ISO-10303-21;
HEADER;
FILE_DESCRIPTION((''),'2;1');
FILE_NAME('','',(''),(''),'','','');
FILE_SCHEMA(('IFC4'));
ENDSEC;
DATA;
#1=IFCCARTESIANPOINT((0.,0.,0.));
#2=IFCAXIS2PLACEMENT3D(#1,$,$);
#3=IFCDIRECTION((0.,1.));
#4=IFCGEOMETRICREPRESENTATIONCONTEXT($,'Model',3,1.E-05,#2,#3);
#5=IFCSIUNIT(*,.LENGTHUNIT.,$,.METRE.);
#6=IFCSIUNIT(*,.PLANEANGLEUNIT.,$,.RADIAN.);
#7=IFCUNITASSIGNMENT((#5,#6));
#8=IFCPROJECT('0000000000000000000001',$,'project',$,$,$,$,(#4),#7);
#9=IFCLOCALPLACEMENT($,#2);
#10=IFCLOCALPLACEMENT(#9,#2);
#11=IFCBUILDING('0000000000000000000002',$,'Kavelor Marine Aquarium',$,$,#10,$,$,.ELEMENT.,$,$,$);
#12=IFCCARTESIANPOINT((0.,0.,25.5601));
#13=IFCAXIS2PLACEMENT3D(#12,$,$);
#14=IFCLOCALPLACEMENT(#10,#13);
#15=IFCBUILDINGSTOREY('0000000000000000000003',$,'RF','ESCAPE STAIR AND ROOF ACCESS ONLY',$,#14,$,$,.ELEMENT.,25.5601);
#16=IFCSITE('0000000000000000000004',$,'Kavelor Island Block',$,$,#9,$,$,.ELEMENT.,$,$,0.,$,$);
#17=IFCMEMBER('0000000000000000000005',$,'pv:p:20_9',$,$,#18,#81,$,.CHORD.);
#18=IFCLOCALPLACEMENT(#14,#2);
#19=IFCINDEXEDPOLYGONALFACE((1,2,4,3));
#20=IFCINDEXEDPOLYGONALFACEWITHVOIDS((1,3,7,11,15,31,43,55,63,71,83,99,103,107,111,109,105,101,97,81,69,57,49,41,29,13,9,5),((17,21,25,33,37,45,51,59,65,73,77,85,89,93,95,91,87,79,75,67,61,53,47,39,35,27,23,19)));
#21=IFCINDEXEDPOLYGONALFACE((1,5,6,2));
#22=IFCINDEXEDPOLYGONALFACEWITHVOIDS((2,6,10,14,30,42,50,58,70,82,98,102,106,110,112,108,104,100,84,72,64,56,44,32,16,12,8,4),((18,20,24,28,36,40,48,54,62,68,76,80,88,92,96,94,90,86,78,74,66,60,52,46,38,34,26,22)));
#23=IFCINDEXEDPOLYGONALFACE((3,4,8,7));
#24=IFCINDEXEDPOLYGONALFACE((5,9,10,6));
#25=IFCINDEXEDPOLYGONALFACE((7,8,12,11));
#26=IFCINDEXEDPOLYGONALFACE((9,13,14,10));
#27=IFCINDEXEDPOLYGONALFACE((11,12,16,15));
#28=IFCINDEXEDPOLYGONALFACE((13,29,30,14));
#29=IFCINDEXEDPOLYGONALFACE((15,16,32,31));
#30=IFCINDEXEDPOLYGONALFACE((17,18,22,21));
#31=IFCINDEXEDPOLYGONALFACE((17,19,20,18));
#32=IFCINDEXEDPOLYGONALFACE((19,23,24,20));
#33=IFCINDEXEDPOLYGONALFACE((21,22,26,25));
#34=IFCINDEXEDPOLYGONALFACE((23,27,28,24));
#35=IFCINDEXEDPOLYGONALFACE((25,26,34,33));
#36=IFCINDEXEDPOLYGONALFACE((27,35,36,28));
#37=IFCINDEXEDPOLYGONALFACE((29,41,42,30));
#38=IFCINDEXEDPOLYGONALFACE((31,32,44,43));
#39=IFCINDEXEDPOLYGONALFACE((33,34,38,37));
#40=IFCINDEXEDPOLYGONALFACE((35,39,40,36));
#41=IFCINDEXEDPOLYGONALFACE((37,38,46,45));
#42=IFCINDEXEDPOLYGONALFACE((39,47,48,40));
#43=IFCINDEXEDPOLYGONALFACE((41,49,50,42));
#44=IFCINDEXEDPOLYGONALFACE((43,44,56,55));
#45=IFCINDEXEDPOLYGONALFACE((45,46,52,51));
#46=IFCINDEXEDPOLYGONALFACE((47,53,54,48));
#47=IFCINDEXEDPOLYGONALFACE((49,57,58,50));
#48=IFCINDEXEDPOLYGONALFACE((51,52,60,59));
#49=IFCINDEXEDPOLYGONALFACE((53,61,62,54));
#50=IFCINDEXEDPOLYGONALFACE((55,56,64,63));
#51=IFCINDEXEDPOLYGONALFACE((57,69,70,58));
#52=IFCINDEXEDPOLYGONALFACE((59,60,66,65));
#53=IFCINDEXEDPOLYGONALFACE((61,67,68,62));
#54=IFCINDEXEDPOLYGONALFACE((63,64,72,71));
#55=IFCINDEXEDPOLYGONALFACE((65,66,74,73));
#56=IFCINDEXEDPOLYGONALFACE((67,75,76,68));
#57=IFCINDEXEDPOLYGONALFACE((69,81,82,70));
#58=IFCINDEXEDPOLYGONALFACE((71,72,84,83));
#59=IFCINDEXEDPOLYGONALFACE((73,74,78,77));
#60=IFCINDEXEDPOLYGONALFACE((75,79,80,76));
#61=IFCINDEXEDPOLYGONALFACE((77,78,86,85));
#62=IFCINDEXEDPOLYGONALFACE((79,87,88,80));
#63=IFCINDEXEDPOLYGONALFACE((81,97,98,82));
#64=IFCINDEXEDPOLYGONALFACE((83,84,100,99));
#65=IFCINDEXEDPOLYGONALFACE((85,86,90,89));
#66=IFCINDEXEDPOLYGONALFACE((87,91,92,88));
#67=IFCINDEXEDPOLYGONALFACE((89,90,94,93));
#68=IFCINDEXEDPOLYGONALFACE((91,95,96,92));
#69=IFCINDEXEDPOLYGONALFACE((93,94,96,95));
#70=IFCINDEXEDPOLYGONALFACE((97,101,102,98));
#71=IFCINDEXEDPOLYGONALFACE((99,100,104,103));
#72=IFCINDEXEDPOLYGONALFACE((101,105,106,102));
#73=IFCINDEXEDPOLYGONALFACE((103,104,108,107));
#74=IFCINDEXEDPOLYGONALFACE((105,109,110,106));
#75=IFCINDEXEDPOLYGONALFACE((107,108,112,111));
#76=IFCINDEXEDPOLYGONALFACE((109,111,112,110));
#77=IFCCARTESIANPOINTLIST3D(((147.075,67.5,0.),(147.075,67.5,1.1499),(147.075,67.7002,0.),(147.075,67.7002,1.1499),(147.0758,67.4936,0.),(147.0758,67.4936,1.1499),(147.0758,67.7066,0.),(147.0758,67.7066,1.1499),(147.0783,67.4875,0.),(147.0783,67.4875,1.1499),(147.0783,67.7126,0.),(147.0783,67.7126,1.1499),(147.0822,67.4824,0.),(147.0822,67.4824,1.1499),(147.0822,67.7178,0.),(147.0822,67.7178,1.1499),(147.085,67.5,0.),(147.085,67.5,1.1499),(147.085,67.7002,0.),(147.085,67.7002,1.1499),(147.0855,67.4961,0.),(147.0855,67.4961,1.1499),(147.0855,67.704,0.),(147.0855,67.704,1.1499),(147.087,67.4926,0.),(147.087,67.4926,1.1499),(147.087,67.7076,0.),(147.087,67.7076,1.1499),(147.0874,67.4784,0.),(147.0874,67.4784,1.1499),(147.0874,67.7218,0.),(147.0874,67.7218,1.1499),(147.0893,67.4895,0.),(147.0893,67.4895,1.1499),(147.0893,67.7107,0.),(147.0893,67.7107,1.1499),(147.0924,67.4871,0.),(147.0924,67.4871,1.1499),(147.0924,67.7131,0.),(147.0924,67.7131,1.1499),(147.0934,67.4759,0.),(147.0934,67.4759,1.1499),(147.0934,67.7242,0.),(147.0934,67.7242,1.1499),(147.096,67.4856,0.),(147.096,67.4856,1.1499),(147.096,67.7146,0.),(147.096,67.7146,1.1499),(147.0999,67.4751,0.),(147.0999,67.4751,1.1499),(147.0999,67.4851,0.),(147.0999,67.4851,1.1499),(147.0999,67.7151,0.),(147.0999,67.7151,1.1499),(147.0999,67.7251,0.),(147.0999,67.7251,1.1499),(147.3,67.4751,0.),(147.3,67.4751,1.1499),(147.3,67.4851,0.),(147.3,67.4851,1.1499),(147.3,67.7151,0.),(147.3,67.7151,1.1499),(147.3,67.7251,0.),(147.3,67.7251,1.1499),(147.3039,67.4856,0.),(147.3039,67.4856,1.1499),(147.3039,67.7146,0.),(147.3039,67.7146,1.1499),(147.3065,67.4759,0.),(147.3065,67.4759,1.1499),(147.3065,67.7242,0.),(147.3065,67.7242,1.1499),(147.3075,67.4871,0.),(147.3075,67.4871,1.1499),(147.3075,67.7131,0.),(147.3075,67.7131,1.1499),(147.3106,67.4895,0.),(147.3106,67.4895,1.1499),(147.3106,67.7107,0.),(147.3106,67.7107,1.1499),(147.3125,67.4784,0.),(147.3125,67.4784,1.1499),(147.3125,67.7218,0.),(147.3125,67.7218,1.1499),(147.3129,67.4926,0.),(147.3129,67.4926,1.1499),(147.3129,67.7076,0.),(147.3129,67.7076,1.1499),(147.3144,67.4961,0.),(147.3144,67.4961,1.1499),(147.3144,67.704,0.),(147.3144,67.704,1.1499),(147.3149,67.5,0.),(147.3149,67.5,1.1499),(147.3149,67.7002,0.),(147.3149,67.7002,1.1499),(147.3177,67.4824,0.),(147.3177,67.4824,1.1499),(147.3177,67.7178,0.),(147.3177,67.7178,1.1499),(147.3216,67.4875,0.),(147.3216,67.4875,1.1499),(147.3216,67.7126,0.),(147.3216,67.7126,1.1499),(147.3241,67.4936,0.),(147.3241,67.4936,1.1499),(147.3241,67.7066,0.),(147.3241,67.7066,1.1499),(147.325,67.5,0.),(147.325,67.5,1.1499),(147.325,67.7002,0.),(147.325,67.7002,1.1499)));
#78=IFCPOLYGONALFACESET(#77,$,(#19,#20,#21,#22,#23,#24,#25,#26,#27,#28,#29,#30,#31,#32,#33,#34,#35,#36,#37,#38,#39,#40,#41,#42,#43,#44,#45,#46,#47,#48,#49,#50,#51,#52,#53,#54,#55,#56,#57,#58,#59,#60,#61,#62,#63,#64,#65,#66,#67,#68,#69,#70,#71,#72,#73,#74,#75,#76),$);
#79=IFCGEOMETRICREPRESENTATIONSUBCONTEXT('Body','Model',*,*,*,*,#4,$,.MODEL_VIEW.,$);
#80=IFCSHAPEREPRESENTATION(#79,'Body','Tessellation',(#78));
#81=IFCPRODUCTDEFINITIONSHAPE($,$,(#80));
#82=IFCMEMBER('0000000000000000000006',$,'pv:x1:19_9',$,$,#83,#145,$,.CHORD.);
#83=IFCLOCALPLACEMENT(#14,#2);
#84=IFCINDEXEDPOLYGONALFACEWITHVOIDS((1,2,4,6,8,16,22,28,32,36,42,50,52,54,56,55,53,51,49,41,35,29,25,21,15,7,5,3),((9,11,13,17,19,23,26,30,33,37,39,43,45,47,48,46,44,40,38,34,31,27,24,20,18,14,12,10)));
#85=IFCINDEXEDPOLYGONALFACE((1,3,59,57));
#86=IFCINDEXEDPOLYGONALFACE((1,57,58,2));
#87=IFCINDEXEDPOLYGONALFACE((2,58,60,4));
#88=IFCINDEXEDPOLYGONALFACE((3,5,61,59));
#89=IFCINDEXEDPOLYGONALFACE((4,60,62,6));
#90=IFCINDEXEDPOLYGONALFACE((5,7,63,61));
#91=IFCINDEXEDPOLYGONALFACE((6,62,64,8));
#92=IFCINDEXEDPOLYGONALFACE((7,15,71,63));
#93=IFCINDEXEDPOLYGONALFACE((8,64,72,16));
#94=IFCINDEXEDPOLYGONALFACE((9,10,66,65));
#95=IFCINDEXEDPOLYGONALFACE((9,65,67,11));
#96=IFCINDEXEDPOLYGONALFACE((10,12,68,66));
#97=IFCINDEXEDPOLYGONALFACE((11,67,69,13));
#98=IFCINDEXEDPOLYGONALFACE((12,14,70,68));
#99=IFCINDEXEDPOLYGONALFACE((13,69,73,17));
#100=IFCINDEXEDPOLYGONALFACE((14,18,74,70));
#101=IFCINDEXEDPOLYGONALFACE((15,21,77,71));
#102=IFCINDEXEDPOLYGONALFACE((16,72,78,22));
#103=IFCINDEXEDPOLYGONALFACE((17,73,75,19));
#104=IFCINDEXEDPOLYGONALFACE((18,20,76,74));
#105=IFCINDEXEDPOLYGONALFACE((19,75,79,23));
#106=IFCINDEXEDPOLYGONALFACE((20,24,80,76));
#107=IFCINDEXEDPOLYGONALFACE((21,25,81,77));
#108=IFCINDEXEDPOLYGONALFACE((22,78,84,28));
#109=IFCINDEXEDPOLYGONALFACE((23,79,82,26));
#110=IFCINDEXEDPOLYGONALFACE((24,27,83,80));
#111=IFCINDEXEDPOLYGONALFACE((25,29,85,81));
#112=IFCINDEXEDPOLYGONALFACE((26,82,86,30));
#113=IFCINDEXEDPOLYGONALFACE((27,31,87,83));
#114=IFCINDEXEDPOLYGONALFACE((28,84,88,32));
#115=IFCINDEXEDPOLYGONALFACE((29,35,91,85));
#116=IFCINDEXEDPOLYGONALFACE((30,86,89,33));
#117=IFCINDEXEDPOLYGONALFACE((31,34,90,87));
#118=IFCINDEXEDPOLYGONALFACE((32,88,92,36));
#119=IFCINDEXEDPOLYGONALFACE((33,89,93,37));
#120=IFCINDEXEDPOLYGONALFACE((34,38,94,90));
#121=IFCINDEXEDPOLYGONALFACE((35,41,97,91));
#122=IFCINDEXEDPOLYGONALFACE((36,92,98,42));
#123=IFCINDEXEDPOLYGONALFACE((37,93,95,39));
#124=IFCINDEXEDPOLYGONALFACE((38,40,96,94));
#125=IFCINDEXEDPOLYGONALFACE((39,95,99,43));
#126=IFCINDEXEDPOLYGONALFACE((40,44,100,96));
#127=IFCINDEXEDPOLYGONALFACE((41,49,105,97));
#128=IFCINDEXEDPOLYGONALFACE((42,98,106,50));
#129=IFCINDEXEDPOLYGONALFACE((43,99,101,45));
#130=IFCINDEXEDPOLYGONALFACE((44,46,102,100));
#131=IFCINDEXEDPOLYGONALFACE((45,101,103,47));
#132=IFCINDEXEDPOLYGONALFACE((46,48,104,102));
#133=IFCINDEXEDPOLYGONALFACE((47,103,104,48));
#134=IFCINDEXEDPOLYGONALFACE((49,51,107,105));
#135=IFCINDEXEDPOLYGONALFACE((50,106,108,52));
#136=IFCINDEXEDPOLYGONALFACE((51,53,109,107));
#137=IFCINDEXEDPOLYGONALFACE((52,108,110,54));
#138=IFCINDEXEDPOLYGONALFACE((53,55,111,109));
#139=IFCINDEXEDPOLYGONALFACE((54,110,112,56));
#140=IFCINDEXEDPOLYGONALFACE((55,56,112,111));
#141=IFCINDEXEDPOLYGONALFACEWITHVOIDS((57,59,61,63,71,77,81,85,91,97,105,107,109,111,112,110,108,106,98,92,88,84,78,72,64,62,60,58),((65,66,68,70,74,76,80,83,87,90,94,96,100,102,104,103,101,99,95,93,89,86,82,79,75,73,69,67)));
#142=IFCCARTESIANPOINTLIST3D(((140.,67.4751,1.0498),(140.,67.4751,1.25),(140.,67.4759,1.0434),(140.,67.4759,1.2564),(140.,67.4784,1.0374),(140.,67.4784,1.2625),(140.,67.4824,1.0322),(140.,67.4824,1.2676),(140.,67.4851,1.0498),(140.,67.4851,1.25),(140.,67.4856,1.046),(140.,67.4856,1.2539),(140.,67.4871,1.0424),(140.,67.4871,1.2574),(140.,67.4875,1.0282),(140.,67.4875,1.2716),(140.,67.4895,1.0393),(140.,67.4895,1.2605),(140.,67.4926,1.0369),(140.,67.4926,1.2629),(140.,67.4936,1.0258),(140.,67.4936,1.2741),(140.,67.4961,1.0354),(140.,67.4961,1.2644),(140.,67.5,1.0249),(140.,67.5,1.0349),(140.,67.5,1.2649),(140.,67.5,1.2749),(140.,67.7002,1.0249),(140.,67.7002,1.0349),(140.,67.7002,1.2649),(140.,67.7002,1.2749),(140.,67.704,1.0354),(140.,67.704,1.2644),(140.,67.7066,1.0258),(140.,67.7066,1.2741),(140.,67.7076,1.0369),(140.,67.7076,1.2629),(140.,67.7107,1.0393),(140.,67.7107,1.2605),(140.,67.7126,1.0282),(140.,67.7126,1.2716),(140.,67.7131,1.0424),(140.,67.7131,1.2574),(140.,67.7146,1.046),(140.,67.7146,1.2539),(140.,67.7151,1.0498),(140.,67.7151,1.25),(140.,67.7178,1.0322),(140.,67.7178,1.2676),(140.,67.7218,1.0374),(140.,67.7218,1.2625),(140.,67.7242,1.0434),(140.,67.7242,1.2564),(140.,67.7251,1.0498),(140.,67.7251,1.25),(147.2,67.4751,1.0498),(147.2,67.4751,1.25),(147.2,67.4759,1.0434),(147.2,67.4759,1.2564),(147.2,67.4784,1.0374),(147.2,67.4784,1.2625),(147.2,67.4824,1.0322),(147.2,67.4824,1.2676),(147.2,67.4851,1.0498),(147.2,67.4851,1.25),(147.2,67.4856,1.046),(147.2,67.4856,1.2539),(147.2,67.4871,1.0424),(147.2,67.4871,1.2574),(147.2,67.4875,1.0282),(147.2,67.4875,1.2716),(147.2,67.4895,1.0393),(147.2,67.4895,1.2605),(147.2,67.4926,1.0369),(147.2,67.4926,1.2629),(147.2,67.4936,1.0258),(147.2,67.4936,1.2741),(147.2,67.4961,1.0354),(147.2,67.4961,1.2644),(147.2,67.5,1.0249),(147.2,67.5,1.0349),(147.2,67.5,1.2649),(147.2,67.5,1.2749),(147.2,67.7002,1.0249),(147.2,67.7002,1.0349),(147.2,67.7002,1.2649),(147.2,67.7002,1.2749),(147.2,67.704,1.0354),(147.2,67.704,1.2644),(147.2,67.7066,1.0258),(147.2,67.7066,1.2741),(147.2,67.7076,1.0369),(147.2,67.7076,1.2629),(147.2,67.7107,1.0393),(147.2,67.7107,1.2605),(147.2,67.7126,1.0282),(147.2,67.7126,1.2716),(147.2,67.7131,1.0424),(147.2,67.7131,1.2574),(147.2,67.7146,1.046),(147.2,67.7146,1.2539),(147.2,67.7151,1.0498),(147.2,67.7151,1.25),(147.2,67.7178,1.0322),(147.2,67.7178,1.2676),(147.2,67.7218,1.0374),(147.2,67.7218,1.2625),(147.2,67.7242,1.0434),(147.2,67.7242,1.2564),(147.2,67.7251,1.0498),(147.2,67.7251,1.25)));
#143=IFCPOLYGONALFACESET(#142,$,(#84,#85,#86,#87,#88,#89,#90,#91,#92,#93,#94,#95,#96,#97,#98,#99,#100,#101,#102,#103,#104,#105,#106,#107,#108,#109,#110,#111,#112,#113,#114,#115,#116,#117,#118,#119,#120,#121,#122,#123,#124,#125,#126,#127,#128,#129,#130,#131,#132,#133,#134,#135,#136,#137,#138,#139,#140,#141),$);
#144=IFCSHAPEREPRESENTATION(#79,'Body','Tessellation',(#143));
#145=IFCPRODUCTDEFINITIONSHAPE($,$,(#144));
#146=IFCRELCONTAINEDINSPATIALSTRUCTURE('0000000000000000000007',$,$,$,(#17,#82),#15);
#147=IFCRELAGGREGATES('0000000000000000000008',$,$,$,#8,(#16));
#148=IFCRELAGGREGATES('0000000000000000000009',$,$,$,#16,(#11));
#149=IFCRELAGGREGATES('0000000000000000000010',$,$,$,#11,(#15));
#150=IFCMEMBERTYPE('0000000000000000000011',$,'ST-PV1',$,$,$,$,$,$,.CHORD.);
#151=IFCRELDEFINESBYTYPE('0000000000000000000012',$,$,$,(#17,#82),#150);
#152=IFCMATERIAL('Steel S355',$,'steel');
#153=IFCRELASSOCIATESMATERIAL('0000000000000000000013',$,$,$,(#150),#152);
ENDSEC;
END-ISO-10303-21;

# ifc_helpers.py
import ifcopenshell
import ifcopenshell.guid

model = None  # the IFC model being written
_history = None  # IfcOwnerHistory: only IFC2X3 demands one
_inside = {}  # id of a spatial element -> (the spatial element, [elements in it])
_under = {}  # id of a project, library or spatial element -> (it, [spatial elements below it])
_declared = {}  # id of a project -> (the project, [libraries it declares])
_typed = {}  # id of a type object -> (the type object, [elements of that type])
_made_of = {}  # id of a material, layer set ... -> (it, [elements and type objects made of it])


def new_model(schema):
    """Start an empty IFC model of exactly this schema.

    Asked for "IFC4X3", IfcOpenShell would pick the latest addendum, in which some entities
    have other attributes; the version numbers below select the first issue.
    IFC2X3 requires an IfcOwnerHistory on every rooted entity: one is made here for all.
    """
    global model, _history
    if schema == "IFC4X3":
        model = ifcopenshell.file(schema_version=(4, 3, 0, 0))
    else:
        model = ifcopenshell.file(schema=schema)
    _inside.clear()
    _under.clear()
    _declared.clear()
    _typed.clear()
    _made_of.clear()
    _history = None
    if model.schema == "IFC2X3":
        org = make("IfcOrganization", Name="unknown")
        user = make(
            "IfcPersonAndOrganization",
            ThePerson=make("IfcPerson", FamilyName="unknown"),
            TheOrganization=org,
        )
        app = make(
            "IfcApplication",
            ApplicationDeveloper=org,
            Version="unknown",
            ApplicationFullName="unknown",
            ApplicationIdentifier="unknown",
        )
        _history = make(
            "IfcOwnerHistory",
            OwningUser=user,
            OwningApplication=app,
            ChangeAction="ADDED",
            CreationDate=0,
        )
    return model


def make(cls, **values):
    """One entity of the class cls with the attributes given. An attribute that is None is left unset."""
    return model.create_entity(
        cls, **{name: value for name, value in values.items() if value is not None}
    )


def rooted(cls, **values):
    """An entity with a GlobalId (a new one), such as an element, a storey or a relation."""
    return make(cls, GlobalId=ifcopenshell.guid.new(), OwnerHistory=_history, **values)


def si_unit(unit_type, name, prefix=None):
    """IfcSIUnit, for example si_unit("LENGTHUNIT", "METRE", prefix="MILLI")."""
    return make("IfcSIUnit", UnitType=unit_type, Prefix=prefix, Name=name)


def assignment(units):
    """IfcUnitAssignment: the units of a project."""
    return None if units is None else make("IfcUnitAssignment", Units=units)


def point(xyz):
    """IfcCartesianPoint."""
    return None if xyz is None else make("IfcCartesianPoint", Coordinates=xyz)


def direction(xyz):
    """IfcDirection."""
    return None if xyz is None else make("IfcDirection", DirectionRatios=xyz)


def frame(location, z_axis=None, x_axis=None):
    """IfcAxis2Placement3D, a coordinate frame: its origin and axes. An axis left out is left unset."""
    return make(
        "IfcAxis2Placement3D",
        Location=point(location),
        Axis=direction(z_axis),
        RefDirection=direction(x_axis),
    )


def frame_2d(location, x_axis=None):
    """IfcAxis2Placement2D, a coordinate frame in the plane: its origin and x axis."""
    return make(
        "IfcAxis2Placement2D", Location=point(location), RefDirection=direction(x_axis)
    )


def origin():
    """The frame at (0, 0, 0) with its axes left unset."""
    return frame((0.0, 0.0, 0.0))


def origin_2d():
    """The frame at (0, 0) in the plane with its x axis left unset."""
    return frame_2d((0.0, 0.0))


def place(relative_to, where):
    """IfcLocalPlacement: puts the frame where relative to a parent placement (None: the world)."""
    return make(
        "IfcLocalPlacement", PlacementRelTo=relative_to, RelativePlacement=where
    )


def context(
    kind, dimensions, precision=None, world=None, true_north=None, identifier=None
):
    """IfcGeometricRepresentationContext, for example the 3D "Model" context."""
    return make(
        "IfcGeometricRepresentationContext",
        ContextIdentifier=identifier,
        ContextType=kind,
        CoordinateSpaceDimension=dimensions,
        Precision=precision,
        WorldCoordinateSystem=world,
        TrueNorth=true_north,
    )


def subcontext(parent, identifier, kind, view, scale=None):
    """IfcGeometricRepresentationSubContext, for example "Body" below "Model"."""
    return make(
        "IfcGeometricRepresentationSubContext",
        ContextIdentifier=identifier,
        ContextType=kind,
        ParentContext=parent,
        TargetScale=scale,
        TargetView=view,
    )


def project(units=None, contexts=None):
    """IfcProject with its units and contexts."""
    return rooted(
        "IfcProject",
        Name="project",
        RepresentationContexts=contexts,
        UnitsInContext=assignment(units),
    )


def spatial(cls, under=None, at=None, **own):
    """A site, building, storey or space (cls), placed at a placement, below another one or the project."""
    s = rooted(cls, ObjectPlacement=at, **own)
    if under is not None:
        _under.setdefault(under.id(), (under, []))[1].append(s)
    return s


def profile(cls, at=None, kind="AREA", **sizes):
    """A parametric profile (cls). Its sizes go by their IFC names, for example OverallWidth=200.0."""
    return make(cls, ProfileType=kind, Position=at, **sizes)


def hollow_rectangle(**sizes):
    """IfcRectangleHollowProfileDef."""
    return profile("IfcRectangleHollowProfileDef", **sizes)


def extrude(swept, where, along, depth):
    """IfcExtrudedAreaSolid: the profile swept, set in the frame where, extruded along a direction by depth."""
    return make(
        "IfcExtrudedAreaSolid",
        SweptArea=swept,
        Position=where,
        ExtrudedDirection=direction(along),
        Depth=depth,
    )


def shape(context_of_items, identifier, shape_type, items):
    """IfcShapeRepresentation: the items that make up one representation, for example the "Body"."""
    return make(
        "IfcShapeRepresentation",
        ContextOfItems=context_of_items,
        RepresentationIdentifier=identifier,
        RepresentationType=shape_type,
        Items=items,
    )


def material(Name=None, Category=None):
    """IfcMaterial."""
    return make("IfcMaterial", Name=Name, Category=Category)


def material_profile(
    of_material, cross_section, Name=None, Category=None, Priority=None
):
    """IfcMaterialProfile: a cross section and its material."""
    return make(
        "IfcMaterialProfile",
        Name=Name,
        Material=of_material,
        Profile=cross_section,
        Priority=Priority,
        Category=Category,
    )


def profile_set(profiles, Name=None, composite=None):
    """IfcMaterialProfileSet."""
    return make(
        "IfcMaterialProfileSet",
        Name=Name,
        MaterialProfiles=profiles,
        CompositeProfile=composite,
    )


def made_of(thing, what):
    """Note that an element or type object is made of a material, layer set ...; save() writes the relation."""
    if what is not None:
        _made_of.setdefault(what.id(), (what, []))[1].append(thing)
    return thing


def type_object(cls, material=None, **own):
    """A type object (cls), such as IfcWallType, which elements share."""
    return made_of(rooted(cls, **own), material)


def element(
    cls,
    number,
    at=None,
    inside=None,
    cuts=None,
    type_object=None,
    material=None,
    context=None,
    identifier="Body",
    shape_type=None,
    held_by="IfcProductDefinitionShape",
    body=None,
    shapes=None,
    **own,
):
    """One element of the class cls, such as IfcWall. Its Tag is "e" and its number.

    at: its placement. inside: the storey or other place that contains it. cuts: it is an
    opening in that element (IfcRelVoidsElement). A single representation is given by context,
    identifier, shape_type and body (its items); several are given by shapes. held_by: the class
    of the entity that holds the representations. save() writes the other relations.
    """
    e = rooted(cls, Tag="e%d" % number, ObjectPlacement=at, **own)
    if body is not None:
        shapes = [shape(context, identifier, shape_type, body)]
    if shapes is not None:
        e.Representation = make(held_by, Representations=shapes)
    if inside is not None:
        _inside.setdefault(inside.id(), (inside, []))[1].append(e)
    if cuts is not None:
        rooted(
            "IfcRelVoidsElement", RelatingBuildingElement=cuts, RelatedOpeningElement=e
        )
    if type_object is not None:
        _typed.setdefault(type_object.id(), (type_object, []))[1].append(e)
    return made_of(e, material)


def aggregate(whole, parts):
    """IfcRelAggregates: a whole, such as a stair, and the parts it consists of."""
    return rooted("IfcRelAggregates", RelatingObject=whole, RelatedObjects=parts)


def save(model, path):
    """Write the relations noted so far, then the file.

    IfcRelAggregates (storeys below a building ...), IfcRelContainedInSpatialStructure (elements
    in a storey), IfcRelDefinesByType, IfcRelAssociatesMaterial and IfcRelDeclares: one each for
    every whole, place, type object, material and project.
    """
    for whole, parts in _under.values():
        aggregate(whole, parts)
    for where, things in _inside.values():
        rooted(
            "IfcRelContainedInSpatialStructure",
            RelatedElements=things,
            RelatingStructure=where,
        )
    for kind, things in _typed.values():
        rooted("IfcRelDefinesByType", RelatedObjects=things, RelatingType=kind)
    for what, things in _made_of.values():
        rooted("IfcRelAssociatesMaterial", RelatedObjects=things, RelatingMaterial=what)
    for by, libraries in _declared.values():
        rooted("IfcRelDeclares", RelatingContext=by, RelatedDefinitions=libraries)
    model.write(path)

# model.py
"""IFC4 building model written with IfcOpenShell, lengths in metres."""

from ifc_helpers import new_model, si_unit, direction, frame, origin, origin_2d, place, context, subcontext, project, spatial, hollow_rectangle, extrude, material, material_profile, profile_set, type_object, element, save


model = new_model("IFC4")

# Units and contexts
model_context = context("Model", 3, precision=1e-05, world=origin(), true_north=direction((0.0, 1.0)))
body_context = subcontext(model_context, "Body", "Model", "MODEL_VIEW")
ifc_project = project(units=[si_unit("LENGTHUNIT", "METRE"), si_unit("PLANEANGLEUNIT", "RADIAN")], contexts=[model_context])

# Site, building, storey
site_placement = place(None, origin())
site = spatial("IfcSite", under=ifc_project, at=site_placement, Name="Kavelor Island Block", CompositionType="ELEMENT", RefElevation=0.0)
building_placement = place(site_placement, origin())
building = spatial("IfcBuilding", under=site, at=building_placement, Name="Kavelor Marine Aquarium", CompositionType="ELEMENT")
storey_placement = place(building_placement, frame((0.0, 0.0, 25.5601)))
storey = spatial("IfcBuildingStorey", under=building, at=storey_placement, Name="RF", Description="ESCAPE STAIR AND ROOF ACCESS ONLY", CompositionType="ELEMENT", Elevation=25.5601)

# Members
ifc_material_1 = material(Name="Steel S355", Category="steel")
ifc_material_profile_1 = material_profile(ifc_material_1, hollow_rectangle(XDim=0.25, YDim=0.25, WallThickness=0.01, InnerFilletRadius=0.0149, OuterFilletRadius=0.0249, at=origin_2d()), Name="SHS 250x250x10.0")
ifc_profile_set_1 = profile_set([ifc_material_profile_1], Name="Steel S355")
member_type_1 = type_object("IfcMemberType", Name="ST-PV1", PredefinedType="CHORD", material=ifc_profile_set_1)
member_1_placement = place(storey_placement, frame((147.2, 67.6001, 0.0), z_axis=(0.0, 0.0, 1.0), x_axis=(1.0, 0.0, 0.0)))
element("IfcMember", 1, at=member_1_placement, inside=storey, type_object=member_type_1, Name="pv:p:20_9", PredefinedType="CHORD", context=body_context, shape_type="SweptSolid", body=[
    extrude(hollow_rectangle(XDim=0.25, YDim=0.25, WallThickness=0.01, InnerFilletRadius=0.0149, OuterFilletRadius=0.0249, at=origin_2d()), origin(), (0.0, 0.0, 1.0), 1.1499),
])
for number, where, z_axis, x_axis, name in (
    (2, (140.0, 67.6001, 1.1499), (1.0, 0.0, 0.0), (0.0, 1.0, 0.0), "pv:x1:19_9"),
):
    element("IfcMember", number, at=place(storey_placement, frame(where, z_axis=z_axis, x_axis=x_axis)), inside=storey, type_object=member_type_1, Name=name, PredefinedType="CHORD", context=body_context, shape_type="SweptSolid", body=[
        extrude(hollow_rectangle(XDim=0.25, YDim=0.25, WallThickness=0.01, InnerFilletRadius=0.0149, OuterFilletRadius=0.0249, at=origin_2d()), origin(), (0.0, 0.0, 1.0), 7.2),
    ])

save(model, "model.ifc")
